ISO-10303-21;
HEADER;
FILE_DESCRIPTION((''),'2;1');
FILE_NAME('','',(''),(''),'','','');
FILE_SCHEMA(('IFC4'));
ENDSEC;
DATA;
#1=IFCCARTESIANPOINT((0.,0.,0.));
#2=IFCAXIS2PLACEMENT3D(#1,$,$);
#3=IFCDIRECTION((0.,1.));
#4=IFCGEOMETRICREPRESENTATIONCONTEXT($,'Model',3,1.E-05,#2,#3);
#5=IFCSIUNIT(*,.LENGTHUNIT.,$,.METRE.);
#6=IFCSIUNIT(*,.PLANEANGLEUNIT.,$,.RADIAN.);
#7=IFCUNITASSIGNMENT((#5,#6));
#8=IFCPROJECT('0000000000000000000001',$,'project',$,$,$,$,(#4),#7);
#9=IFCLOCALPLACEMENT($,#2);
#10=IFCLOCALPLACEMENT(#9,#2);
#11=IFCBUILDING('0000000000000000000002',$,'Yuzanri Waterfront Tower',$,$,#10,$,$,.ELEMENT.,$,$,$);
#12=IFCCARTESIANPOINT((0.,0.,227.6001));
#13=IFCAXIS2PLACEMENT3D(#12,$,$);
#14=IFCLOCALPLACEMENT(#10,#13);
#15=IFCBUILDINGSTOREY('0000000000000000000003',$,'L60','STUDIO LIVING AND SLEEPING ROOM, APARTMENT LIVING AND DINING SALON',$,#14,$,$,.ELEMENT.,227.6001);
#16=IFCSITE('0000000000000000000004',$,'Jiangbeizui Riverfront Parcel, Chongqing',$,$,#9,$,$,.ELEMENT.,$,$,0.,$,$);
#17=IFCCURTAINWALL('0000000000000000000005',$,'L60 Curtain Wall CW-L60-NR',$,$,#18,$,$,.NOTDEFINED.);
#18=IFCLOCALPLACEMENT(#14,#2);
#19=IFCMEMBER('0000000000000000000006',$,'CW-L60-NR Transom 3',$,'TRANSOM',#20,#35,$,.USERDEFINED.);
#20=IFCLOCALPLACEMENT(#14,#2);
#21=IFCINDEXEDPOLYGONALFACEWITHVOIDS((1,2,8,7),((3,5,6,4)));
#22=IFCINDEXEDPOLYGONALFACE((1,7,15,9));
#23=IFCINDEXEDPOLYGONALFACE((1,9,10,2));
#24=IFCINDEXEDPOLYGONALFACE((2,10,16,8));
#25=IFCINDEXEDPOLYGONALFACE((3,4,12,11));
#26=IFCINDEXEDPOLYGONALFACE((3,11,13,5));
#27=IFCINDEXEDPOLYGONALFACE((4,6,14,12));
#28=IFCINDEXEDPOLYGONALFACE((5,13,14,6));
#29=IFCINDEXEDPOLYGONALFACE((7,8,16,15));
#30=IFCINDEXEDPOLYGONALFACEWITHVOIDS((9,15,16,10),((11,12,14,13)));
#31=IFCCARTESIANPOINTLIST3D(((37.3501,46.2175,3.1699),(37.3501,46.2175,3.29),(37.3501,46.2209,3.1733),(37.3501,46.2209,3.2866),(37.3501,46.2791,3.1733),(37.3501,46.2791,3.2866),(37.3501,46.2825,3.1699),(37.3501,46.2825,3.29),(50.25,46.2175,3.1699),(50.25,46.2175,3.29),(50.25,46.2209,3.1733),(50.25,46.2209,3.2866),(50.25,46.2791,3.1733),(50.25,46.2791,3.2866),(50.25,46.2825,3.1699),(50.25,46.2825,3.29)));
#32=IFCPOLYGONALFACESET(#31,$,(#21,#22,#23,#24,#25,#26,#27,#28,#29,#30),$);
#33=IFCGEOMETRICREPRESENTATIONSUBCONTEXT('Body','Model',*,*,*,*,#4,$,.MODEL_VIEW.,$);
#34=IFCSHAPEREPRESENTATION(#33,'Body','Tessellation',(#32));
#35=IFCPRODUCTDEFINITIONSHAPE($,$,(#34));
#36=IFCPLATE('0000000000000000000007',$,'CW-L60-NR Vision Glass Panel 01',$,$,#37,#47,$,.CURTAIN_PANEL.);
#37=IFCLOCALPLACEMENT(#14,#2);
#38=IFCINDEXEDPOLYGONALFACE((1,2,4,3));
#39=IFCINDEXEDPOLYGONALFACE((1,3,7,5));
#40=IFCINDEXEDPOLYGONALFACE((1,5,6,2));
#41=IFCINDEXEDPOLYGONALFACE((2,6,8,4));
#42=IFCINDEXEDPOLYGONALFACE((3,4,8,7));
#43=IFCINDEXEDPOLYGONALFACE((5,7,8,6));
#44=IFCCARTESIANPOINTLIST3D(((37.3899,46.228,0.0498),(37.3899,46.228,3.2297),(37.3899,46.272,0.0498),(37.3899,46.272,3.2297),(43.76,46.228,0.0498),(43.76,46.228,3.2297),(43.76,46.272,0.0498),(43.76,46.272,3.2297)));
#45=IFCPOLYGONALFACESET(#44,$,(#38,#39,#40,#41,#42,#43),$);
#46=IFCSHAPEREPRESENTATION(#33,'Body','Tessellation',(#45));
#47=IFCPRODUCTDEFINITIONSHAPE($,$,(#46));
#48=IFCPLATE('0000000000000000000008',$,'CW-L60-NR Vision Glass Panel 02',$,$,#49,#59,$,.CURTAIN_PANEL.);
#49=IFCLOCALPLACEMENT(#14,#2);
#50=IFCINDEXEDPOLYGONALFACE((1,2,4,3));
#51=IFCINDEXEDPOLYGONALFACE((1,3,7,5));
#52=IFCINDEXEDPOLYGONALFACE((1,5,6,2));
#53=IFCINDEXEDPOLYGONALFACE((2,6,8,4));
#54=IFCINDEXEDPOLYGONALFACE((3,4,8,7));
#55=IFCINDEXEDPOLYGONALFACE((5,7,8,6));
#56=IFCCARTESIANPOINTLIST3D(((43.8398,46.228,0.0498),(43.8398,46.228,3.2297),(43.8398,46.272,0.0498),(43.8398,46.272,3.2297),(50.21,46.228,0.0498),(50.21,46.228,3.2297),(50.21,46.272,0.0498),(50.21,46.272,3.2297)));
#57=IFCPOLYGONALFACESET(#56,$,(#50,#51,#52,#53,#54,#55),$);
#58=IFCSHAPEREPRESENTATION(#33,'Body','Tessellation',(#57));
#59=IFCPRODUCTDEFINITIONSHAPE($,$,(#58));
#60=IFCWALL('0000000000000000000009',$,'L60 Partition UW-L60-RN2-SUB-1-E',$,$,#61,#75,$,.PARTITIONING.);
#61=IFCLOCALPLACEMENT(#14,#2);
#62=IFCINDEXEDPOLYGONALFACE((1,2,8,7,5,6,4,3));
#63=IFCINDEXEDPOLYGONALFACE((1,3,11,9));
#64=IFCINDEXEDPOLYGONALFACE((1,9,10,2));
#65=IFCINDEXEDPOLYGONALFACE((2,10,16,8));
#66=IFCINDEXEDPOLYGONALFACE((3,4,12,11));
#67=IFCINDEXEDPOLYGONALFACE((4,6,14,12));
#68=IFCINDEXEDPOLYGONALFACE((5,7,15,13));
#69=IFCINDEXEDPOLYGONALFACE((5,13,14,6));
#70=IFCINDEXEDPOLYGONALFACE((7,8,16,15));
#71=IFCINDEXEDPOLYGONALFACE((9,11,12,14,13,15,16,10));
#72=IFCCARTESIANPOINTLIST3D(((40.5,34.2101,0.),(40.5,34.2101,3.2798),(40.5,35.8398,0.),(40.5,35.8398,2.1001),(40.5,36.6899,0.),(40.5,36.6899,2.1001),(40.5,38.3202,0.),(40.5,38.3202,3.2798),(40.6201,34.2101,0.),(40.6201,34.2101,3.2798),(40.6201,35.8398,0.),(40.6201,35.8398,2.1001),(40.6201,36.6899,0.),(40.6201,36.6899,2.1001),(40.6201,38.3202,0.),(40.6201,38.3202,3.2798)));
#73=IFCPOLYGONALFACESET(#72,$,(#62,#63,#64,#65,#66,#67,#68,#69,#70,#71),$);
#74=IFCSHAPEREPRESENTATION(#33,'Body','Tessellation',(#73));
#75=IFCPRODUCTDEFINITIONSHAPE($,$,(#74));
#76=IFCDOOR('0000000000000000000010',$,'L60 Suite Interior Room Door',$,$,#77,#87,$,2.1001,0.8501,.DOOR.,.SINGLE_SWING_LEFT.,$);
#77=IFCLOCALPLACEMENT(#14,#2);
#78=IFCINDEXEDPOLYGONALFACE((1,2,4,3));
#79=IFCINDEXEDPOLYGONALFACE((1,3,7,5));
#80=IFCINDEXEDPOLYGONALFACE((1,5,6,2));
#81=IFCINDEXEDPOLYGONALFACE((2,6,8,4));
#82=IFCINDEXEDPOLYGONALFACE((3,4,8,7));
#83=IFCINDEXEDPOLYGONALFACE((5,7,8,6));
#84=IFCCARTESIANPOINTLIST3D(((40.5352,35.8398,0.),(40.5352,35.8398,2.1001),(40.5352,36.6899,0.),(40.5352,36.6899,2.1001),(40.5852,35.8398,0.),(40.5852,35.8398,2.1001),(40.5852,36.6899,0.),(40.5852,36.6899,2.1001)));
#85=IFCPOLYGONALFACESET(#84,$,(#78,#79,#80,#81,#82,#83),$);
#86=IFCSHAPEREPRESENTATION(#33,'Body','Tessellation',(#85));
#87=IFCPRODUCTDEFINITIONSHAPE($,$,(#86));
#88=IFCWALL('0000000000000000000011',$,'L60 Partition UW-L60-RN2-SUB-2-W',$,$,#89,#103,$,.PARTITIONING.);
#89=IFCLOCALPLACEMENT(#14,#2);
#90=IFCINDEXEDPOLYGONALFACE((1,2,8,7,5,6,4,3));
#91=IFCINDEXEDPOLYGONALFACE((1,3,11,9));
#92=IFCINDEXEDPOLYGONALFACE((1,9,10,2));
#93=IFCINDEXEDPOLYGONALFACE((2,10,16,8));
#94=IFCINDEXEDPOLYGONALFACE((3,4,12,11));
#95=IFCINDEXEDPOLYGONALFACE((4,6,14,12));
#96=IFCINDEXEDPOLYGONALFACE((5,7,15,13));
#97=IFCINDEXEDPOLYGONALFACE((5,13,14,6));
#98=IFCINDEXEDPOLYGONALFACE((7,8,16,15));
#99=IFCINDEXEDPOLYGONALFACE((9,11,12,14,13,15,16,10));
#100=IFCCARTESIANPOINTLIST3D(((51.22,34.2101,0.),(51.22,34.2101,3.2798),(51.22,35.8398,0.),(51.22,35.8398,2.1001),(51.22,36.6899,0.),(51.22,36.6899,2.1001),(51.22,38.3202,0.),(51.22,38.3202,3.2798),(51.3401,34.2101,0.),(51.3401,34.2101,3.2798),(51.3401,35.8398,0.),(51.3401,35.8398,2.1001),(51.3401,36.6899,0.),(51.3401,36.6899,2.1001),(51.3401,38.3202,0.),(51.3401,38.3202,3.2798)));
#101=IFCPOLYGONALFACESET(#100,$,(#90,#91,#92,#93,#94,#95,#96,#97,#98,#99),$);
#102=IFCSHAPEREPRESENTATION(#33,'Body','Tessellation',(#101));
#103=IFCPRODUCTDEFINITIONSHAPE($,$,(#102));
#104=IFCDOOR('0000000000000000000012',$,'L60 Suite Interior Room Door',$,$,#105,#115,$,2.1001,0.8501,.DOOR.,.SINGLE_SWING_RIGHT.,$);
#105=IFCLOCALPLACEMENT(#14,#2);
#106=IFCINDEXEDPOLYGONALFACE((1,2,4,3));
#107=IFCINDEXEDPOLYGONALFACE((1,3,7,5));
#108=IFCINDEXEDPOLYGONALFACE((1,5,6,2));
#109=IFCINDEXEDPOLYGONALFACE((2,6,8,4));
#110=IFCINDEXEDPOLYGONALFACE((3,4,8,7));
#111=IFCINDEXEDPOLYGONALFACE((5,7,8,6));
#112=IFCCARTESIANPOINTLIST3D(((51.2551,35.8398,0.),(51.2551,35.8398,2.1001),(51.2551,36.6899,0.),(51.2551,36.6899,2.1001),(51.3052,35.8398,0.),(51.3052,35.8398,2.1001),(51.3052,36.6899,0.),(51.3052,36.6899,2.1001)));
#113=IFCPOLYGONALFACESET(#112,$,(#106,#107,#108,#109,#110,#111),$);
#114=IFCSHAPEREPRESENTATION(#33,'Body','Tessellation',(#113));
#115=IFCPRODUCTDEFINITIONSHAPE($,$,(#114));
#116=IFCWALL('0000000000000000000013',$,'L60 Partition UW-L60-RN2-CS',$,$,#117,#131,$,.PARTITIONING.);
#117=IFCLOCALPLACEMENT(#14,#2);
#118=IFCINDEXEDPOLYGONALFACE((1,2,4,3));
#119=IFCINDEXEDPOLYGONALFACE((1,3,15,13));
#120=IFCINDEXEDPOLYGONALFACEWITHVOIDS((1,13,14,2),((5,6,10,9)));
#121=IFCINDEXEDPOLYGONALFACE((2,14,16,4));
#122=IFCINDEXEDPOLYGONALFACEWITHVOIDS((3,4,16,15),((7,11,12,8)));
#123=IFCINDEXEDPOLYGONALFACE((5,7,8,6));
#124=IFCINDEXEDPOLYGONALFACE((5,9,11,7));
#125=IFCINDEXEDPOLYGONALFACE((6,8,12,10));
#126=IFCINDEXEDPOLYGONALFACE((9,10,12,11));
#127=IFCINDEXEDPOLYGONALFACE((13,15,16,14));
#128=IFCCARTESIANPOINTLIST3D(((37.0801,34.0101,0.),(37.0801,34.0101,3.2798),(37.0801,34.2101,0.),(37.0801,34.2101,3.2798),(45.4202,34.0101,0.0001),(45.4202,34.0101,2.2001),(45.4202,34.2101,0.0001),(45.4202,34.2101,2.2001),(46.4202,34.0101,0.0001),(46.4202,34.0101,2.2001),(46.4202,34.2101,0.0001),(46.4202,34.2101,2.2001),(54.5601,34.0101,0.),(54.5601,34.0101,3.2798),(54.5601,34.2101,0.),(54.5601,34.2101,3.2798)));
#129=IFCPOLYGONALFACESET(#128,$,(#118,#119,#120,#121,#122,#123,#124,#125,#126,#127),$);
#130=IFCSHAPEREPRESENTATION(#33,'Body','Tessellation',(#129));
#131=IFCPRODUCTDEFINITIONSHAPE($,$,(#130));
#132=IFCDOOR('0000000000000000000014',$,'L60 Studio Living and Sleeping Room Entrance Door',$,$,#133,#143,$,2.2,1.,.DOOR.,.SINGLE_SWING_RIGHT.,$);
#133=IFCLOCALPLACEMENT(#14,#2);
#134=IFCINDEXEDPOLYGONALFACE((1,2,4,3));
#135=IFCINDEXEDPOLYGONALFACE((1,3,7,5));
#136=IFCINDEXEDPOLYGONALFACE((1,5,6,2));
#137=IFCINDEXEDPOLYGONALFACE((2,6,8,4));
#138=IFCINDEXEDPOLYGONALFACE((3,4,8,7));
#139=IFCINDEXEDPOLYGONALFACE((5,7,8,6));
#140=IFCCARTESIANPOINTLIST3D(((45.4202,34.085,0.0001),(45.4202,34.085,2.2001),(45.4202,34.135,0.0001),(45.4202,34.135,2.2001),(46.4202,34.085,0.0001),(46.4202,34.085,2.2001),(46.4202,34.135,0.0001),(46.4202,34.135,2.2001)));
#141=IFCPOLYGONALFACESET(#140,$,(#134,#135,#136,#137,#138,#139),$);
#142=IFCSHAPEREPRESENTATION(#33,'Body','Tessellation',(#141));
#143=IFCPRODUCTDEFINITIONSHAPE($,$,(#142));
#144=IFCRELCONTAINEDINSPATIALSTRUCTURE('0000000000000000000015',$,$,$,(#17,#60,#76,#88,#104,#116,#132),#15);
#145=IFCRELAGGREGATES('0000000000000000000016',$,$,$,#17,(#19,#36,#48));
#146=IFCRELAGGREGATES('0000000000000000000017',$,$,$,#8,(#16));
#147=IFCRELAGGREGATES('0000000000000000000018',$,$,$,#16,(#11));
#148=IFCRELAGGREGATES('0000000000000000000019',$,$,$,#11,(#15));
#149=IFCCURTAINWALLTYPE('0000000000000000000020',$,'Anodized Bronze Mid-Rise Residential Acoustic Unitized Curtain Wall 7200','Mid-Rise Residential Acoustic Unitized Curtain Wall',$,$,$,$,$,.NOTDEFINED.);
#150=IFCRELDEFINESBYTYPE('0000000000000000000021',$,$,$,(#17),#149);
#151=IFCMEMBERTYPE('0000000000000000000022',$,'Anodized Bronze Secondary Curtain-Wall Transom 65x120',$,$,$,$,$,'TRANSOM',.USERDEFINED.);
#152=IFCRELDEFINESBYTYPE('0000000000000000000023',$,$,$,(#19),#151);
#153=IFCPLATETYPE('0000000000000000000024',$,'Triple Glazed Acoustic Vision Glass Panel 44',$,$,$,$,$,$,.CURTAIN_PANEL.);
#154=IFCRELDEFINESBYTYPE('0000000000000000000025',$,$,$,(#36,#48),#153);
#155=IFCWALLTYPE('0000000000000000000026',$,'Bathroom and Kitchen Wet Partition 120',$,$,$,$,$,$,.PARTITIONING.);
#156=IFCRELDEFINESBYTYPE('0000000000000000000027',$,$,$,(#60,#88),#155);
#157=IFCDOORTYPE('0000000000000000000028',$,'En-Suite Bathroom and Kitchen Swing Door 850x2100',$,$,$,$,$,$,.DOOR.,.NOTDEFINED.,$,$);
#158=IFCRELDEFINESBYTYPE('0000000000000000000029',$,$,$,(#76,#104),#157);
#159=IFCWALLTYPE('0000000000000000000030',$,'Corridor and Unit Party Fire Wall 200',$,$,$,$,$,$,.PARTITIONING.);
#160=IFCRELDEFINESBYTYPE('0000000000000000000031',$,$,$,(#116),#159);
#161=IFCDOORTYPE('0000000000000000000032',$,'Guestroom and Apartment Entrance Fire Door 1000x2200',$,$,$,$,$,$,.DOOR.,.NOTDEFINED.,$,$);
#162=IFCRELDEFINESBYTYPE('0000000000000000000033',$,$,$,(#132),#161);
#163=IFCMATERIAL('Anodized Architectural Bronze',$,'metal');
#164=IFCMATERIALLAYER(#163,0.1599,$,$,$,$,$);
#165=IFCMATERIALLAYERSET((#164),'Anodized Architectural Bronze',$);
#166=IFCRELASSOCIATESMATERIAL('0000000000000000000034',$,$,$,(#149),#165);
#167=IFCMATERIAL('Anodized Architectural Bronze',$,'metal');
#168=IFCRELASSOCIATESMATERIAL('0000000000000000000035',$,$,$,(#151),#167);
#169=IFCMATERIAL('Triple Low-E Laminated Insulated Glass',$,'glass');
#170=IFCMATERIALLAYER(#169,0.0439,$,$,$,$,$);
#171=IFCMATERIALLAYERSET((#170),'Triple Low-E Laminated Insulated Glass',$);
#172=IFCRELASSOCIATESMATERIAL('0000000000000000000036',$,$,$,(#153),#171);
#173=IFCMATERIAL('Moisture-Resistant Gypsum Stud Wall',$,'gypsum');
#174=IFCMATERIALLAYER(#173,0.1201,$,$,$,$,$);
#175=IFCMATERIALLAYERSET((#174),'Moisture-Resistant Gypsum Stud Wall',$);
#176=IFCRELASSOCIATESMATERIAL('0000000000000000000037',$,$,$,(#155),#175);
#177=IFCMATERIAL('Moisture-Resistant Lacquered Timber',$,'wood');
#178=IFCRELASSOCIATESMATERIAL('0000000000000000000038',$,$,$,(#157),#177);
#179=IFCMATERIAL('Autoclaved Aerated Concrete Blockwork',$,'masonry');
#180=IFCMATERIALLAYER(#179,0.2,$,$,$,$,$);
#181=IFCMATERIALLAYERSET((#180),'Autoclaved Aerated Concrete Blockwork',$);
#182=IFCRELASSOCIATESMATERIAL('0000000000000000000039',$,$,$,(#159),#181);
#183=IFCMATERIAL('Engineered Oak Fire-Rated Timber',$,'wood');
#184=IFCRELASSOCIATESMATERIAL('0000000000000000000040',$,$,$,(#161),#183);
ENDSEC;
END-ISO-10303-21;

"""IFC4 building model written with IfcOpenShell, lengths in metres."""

from ifc_helpers import new_model, si_unit, direction, frame, frame_2d, origin, origin_2d, place, context, subcontext, project, spatial, rectangle, hollow_rectangle, extrude, source, transform, mapped, material, layer, layer_set, material_profile, profile_set, type_object, element, fill, aggregate, save


model = new_model("IFC4")

# Units and contexts
model_context = context("Model", 3, precision=1e-05, world=origin(), true_north=direction((0.0, 1.0)))
body_context = subcontext(model_context, "Body", "Model", "MODEL_VIEW")
ifc_project = project(units=[si_unit("LENGTHUNIT", "METRE"), si_unit("PLANEANGLEUNIT", "RADIAN")], contexts=[model_context])

# Site, building, storey
site_placement = place(None, origin())
site = spatial("IfcSite", under=ifc_project, at=site_placement, Name="Jiangbeizui Riverfront Parcel, Chongqing", CompositionType="ELEMENT", RefElevation=0.0)
building_placement = place(site_placement, origin())
building = spatial("IfcBuilding", under=site, at=building_placement, Name="Yuzanri Waterfront Tower", CompositionType="ELEMENT")
storey_placement = place(building_placement, frame((0.0, 0.0, 227.6001)))
storey = spatial("IfcBuildingStorey", under=building, at=storey_placement, Name="L60", Description="STUDIO LIVING AND SLEEPING ROOM, APARTMENT LIVING AND DINING SALON", CompositionType="ELEMENT", Elevation=227.6001)

# Curtain wall, member, plates
ifc_material_1 = material(Name="Anodized Architectural Bronze", Category="metal")
ifc_layer_1 = layer(ifc_material_1, 0.1599)
ifc_layer_set_1 = layer_set([ifc_layer_1], Name="Anodized Architectural Bronze")
curtain_wall_type = type_object("IfcCurtainWallType", Name="Anodized Bronze Mid-Rise Residential Acoustic Unitized Curtain Wall 7200", Description="Mid-Rise Residential Acoustic Unitized Curtain Wall", PredefinedType="NOTDEFINED", material=ifc_layer_set_1)
curtain_wall_placement = place(storey_placement, origin())
curtain_wall = element("IfcCurtainWall", 1, at=curtain_wall_placement, inside=storey, type_object=curtain_wall_type, Name="L60 Curtain Wall CW-L60-NR", PredefinedType="NOTDEFINED")
ifc_material_2 = material(Name="Anodized Architectural Bronze", Category="metal")
ifc_material_profile_1 = material_profile(ifc_material_2, hollow_rectangle(XDim=0.0649, YDim=0.1201, WallThickness=0.0034, at=origin_2d()), Name="CWT 65x120")
ifc_profile_set_1 = profile_set([ifc_material_profile_1], Name="Anodized Architectural Bronze")
member_type_1 = type_object("IfcMemberType", Name="Anodized Bronze Secondary Curtain-Wall Transom 65x120", ElementType="TRANSOM", PredefinedType="USERDEFINED", material=ifc_profile_set_1)
shared_shape_1 = source(origin(), body_context, "Body", "SweptSolid", [
    extrude(hollow_rectangle(XDim=0.0649, YDim=0.1201, WallThickness=0.0034, at=origin_2d()), origin(), (0.0, 0.0, 1.0), 12.8999),
])
member_1_placement = place(storey_placement, frame((37.3501, 46.25, 3.23), z_axis=(1.0, 0.0, 0.0), x_axis=(0.0, 1.0, 0.0)))
member_1 = element("IfcMember", 2, at=member_1_placement, type_object=member_type_1, Name="CW-L60-NR Transom 3", ObjectType="TRANSOM", PredefinedType="USERDEFINED", context=body_context, shape_type="MappedRepresentation", body=[
    mapped(shared_shape_1, transform((0.0, 0.0, 0.0), scale=1.0)),
])
ifc_material_3 = material(Name="Triple Low-E Laminated Insulated Glass", Category="glass")
ifc_layer_2 = layer(ifc_material_3, 0.0439)
ifc_layer_set_2 = layer_set([ifc_layer_2], Name="Triple Low-E Laminated Insulated Glass")
plate_type = type_object("IfcPlateType", Name="Triple Glazed Acoustic Vision Glass Panel 44", PredefinedType="CURTAIN_PANEL", material=ifc_layer_set_2)
shared_shape_2 = source(origin(), body_context, "Body", "SweptSolid", [
    extrude(rectangle(XDim=6.3701, YDim=0.0439, at=origin_2d()), origin(), (0.0, 0.0, 1.0), 3.1799),
])
plate_1_placement = place(storey_placement, frame((40.575, 46.25, 0.0498), z_axis=(0.0, 0.0, 1.0), x_axis=(1.0, 0.0, 0.0)))
plate_1 = element("IfcPlate", 3, at=plate_1_placement, type_object=plate_type, Name="CW-L60-NR Vision Glass Panel 01", PredefinedType="CURTAIN_PANEL", context=body_context, shape_type="MappedRepresentation", body=[
    mapped(shared_shape_2, transform((0.0, 0.0, 0.0), scale=1.0)),
])
plate_2_placement = place(storey_placement, frame((47.0249, 46.25, 0.0498), z_axis=(0.0, 0.0, 1.0), x_axis=(1.0, 0.0, 0.0)))
plate_2 = element("IfcPlate", 4, at=plate_2_placement, type_object=plate_type, Name="CW-L60-NR Vision Glass Panel 02", PredefinedType="CURTAIN_PANEL", context=body_context, shape_type="MappedRepresentation", body=[
    mapped(shared_shape_2, transform((0.0, 0.0, 0.0), scale=1.0)),
])
aggregate(curtain_wall, [member_1, plate_1, plate_2])

# Walls, openings, doors
ifc_material_4 = material(Name="Moisture-Resistant Gypsum Stud Wall", Category="gypsum")
ifc_layer_3 = layer(ifc_material_4, 0.1201)
ifc_layer_set_3 = layer_set([ifc_layer_3], Name="Moisture-Resistant Gypsum Stud Wall")
wall_type_1 = type_object("IfcWallType", Name="Bathroom and Kitchen Wet Partition 120", PredefinedType="PARTITIONING", material=ifc_layer_set_3)
wall_1_placement = place(storey_placement, frame((40.5601, 34.21, 0.0), z_axis=(0.0, 0.0, 1.0), x_axis=(0.0, 1.0, 0.0)))
wall_1 = element("IfcWall", 5, at=wall_1_placement, inside=storey, type_object=wall_type_1, Name="L60 Partition UW-L60-RN2-SUB-1-E", PredefinedType="PARTITIONING", context=body_context, shape_type="SweptSolid", body=[
    extrude(rectangle(XDim=4.1101, YDim=0.1201, at=frame_2d((2.0552, 0.0))), origin(), (0.0, 0.0, 1.0), 3.2798),
])
opening_1_placement = place(wall_1_placement, frame((1.6299, 0.0, 0.0)))
opening_1 = element("IfcOpeningElement", 6, at=opening_1_placement, cuts=wall_1, PredefinedType="OPENING", context=body_context, shape_type="SweptSolid", body=[
    extrude(rectangle(XDim=0.8501, YDim=2.1001, at=frame_2d((0.425, 1.05))), frame((0.0, 0.075, 0.0), z_axis=(0.0, -1.0, 0.0), x_axis=(1.0, 0.0, 0.0)), (0.0, 0.0, 1.0), 0.1499),
])
ifc_material_5 = material(Name="Moisture-Resistant Lacquered Timber", Category="wood")
door_type_1 = type_object("IfcDoorType", Name="En-Suite Bathroom and Kitchen Swing Door 850x2100", OperationType="NOTDEFINED", PredefinedType="DOOR", material=ifc_material_5)
shared_shape_3 = source(origin(), body_context, "Body", "SweptSolid", [
    extrude(rectangle(XDim=0.8501, YDim=2.1001, at=frame_2d((0.425, 1.05))), frame((0.0, 0.0249, 0.0), z_axis=(0.0, -1.0, 0.0), x_axis=(1.0, 0.0, 0.0)), (0.0, 0.0, 1.0), 0.05),
])
door_1_placement = place(opening_1_placement, origin())
door_1 = element("IfcDoor", 7, at=door_1_placement, inside=storey, type_object=door_type_1, Name="L60 Suite Interior Room Door", OperationType="SINGLE_SWING_LEFT", OverallHeight=2.1001, OverallWidth=0.8501, PredefinedType="DOOR", context=body_context, shape_type="MappedRepresentation", body=[
    mapped(shared_shape_3, transform((0.0, 0.0, 0.0), scale=1.0)),
])
fill(opening_1, door_1)
wall_2_placement = place(storey_placement, frame((51.28, 34.21, 0.0), z_axis=(0.0, 0.0, 1.0), x_axis=(0.0, 1.0, 0.0)))
wall_2 = element("IfcWall", 8, at=wall_2_placement, inside=storey, type_object=wall_type_1, Name="L60 Partition UW-L60-RN2-SUB-2-W", PredefinedType="PARTITIONING", context=body_context, shape_type="SweptSolid", body=[
    extrude(rectangle(XDim=4.1101, YDim=0.1201, at=frame_2d((2.0552, 0.0))), origin(), (0.0, 0.0, 1.0), 3.2798),
])
opening_2_placement = place(wall_2_placement, frame((1.6299, 0.0, 0.0)))
opening_2 = element("IfcOpeningElement", 9, at=opening_2_placement, cuts=wall_2, PredefinedType="OPENING", context=body_context, shape_type="SweptSolid", body=[
    extrude(rectangle(XDim=0.8501, YDim=2.1001, at=frame_2d((0.425, 1.05))), frame((0.0, 0.075, 0.0), z_axis=(0.0, -1.0, 0.0), x_axis=(1.0, 0.0, 0.0)), (0.0, 0.0, 1.0), 0.1499),
])
door_2_placement = place(opening_2_placement, origin())
door_2 = element("IfcDoor", 10, at=door_2_placement, inside=storey, type_object=door_type_1, Name="L60 Suite Interior Room Door", OperationType="SINGLE_SWING_RIGHT", OverallHeight=2.1001, OverallWidth=0.8501, PredefinedType="DOOR", context=body_context, shape_type="MappedRepresentation", body=[
    mapped(shared_shape_3, transform((0.0, 0.0, 0.0), scale=1.0)),
])
fill(opening_2, door_2)
ifc_material_6 = material(Name="Autoclaved Aerated Concrete Blockwork", Category="masonry")
ifc_layer_4 = layer(ifc_material_6, 0.2)
ifc_layer_set_4 = layer_set([ifc_layer_4], Name="Autoclaved Aerated Concrete Blockwork")
wall_type_2 = type_object("IfcWallType", Name="Corridor and Unit Party Fire Wall 200", PredefinedType="PARTITIONING", material=ifc_layer_set_4)
wall_3_placement = place(storey_placement, frame((37.0801, 34.1101, 0.0), z_axis=(0.0, 0.0, 1.0), x_axis=(1.0, 0.0, 0.0)))
wall_3 = element("IfcWall", 11, at=wall_3_placement, inside=storey, type_object=wall_type_2, Name="L60 Partition UW-L60-RN2-CS", PredefinedType="PARTITIONING", context=body_context, shape_type="SweptSolid", body=[
    extrude(rectangle(XDim=17.48, YDim=0.2, at=frame_2d((8.74, 0.0))), origin(), (0.0, 0.0, 1.0), 3.2798),
])
opening_3_placement = place(wall_3_placement, frame((8.3401, 0.0, 0.0)))
opening_3 = element("IfcOpeningElement", 12, at=opening_3_placement, cuts=wall_3, PredefinedType="OPENING", context=body_context, shape_type="SweptSolid", body=[
    extrude(rectangle(XDim=1.0, YDim=2.2, at=frame_2d((0.5, 1.1001))), frame((0.0, 0.1147, 0.0), z_axis=(0.0, -1.0, 0.0), x_axis=(1.0, 0.0, 0.0)), (0.0, 0.0, 1.0), 0.2297),
])
ifc_material_7 = material(Name="Engineered Oak Fire-Rated Timber", Category="wood")
door_type_2 = type_object("IfcDoorType", Name="Guestroom and Apartment Entrance Fire Door 1000x2200", OperationType="NOTDEFINED", PredefinedType="DOOR", material=ifc_material_7)
shared_shape_4 = source(origin(), body_context, "Body", "SweptSolid", [
    extrude(rectangle(XDim=1.0, YDim=2.2, at=frame_2d((0.5, 1.1001))), frame((0.0, 0.0249, 0.0), z_axis=(0.0, -1.0, 0.0), x_axis=(1.0, 0.0, 0.0)), (0.0, 0.0, 1.0), 0.05),
])
door_3_placement = place(opening_3_placement, origin())
door_3 = element("IfcDoor", 13, at=door_3_placement, inside=storey, type_object=door_type_2, Name="L60 Studio Living and Sleeping Room Entrance Door", OperationType="SINGLE_SWING_RIGHT", OverallHeight=2.2, OverallWidth=1.0, PredefinedType="DOOR", context=body_context, shape_type="MappedRepresentation", body=[
    mapped(shared_shape_4, transform((0.0, 0.0, 0.0), scale=1.0)),
])
fill(opening_3, door_3)

save(model, "model.ifc")
